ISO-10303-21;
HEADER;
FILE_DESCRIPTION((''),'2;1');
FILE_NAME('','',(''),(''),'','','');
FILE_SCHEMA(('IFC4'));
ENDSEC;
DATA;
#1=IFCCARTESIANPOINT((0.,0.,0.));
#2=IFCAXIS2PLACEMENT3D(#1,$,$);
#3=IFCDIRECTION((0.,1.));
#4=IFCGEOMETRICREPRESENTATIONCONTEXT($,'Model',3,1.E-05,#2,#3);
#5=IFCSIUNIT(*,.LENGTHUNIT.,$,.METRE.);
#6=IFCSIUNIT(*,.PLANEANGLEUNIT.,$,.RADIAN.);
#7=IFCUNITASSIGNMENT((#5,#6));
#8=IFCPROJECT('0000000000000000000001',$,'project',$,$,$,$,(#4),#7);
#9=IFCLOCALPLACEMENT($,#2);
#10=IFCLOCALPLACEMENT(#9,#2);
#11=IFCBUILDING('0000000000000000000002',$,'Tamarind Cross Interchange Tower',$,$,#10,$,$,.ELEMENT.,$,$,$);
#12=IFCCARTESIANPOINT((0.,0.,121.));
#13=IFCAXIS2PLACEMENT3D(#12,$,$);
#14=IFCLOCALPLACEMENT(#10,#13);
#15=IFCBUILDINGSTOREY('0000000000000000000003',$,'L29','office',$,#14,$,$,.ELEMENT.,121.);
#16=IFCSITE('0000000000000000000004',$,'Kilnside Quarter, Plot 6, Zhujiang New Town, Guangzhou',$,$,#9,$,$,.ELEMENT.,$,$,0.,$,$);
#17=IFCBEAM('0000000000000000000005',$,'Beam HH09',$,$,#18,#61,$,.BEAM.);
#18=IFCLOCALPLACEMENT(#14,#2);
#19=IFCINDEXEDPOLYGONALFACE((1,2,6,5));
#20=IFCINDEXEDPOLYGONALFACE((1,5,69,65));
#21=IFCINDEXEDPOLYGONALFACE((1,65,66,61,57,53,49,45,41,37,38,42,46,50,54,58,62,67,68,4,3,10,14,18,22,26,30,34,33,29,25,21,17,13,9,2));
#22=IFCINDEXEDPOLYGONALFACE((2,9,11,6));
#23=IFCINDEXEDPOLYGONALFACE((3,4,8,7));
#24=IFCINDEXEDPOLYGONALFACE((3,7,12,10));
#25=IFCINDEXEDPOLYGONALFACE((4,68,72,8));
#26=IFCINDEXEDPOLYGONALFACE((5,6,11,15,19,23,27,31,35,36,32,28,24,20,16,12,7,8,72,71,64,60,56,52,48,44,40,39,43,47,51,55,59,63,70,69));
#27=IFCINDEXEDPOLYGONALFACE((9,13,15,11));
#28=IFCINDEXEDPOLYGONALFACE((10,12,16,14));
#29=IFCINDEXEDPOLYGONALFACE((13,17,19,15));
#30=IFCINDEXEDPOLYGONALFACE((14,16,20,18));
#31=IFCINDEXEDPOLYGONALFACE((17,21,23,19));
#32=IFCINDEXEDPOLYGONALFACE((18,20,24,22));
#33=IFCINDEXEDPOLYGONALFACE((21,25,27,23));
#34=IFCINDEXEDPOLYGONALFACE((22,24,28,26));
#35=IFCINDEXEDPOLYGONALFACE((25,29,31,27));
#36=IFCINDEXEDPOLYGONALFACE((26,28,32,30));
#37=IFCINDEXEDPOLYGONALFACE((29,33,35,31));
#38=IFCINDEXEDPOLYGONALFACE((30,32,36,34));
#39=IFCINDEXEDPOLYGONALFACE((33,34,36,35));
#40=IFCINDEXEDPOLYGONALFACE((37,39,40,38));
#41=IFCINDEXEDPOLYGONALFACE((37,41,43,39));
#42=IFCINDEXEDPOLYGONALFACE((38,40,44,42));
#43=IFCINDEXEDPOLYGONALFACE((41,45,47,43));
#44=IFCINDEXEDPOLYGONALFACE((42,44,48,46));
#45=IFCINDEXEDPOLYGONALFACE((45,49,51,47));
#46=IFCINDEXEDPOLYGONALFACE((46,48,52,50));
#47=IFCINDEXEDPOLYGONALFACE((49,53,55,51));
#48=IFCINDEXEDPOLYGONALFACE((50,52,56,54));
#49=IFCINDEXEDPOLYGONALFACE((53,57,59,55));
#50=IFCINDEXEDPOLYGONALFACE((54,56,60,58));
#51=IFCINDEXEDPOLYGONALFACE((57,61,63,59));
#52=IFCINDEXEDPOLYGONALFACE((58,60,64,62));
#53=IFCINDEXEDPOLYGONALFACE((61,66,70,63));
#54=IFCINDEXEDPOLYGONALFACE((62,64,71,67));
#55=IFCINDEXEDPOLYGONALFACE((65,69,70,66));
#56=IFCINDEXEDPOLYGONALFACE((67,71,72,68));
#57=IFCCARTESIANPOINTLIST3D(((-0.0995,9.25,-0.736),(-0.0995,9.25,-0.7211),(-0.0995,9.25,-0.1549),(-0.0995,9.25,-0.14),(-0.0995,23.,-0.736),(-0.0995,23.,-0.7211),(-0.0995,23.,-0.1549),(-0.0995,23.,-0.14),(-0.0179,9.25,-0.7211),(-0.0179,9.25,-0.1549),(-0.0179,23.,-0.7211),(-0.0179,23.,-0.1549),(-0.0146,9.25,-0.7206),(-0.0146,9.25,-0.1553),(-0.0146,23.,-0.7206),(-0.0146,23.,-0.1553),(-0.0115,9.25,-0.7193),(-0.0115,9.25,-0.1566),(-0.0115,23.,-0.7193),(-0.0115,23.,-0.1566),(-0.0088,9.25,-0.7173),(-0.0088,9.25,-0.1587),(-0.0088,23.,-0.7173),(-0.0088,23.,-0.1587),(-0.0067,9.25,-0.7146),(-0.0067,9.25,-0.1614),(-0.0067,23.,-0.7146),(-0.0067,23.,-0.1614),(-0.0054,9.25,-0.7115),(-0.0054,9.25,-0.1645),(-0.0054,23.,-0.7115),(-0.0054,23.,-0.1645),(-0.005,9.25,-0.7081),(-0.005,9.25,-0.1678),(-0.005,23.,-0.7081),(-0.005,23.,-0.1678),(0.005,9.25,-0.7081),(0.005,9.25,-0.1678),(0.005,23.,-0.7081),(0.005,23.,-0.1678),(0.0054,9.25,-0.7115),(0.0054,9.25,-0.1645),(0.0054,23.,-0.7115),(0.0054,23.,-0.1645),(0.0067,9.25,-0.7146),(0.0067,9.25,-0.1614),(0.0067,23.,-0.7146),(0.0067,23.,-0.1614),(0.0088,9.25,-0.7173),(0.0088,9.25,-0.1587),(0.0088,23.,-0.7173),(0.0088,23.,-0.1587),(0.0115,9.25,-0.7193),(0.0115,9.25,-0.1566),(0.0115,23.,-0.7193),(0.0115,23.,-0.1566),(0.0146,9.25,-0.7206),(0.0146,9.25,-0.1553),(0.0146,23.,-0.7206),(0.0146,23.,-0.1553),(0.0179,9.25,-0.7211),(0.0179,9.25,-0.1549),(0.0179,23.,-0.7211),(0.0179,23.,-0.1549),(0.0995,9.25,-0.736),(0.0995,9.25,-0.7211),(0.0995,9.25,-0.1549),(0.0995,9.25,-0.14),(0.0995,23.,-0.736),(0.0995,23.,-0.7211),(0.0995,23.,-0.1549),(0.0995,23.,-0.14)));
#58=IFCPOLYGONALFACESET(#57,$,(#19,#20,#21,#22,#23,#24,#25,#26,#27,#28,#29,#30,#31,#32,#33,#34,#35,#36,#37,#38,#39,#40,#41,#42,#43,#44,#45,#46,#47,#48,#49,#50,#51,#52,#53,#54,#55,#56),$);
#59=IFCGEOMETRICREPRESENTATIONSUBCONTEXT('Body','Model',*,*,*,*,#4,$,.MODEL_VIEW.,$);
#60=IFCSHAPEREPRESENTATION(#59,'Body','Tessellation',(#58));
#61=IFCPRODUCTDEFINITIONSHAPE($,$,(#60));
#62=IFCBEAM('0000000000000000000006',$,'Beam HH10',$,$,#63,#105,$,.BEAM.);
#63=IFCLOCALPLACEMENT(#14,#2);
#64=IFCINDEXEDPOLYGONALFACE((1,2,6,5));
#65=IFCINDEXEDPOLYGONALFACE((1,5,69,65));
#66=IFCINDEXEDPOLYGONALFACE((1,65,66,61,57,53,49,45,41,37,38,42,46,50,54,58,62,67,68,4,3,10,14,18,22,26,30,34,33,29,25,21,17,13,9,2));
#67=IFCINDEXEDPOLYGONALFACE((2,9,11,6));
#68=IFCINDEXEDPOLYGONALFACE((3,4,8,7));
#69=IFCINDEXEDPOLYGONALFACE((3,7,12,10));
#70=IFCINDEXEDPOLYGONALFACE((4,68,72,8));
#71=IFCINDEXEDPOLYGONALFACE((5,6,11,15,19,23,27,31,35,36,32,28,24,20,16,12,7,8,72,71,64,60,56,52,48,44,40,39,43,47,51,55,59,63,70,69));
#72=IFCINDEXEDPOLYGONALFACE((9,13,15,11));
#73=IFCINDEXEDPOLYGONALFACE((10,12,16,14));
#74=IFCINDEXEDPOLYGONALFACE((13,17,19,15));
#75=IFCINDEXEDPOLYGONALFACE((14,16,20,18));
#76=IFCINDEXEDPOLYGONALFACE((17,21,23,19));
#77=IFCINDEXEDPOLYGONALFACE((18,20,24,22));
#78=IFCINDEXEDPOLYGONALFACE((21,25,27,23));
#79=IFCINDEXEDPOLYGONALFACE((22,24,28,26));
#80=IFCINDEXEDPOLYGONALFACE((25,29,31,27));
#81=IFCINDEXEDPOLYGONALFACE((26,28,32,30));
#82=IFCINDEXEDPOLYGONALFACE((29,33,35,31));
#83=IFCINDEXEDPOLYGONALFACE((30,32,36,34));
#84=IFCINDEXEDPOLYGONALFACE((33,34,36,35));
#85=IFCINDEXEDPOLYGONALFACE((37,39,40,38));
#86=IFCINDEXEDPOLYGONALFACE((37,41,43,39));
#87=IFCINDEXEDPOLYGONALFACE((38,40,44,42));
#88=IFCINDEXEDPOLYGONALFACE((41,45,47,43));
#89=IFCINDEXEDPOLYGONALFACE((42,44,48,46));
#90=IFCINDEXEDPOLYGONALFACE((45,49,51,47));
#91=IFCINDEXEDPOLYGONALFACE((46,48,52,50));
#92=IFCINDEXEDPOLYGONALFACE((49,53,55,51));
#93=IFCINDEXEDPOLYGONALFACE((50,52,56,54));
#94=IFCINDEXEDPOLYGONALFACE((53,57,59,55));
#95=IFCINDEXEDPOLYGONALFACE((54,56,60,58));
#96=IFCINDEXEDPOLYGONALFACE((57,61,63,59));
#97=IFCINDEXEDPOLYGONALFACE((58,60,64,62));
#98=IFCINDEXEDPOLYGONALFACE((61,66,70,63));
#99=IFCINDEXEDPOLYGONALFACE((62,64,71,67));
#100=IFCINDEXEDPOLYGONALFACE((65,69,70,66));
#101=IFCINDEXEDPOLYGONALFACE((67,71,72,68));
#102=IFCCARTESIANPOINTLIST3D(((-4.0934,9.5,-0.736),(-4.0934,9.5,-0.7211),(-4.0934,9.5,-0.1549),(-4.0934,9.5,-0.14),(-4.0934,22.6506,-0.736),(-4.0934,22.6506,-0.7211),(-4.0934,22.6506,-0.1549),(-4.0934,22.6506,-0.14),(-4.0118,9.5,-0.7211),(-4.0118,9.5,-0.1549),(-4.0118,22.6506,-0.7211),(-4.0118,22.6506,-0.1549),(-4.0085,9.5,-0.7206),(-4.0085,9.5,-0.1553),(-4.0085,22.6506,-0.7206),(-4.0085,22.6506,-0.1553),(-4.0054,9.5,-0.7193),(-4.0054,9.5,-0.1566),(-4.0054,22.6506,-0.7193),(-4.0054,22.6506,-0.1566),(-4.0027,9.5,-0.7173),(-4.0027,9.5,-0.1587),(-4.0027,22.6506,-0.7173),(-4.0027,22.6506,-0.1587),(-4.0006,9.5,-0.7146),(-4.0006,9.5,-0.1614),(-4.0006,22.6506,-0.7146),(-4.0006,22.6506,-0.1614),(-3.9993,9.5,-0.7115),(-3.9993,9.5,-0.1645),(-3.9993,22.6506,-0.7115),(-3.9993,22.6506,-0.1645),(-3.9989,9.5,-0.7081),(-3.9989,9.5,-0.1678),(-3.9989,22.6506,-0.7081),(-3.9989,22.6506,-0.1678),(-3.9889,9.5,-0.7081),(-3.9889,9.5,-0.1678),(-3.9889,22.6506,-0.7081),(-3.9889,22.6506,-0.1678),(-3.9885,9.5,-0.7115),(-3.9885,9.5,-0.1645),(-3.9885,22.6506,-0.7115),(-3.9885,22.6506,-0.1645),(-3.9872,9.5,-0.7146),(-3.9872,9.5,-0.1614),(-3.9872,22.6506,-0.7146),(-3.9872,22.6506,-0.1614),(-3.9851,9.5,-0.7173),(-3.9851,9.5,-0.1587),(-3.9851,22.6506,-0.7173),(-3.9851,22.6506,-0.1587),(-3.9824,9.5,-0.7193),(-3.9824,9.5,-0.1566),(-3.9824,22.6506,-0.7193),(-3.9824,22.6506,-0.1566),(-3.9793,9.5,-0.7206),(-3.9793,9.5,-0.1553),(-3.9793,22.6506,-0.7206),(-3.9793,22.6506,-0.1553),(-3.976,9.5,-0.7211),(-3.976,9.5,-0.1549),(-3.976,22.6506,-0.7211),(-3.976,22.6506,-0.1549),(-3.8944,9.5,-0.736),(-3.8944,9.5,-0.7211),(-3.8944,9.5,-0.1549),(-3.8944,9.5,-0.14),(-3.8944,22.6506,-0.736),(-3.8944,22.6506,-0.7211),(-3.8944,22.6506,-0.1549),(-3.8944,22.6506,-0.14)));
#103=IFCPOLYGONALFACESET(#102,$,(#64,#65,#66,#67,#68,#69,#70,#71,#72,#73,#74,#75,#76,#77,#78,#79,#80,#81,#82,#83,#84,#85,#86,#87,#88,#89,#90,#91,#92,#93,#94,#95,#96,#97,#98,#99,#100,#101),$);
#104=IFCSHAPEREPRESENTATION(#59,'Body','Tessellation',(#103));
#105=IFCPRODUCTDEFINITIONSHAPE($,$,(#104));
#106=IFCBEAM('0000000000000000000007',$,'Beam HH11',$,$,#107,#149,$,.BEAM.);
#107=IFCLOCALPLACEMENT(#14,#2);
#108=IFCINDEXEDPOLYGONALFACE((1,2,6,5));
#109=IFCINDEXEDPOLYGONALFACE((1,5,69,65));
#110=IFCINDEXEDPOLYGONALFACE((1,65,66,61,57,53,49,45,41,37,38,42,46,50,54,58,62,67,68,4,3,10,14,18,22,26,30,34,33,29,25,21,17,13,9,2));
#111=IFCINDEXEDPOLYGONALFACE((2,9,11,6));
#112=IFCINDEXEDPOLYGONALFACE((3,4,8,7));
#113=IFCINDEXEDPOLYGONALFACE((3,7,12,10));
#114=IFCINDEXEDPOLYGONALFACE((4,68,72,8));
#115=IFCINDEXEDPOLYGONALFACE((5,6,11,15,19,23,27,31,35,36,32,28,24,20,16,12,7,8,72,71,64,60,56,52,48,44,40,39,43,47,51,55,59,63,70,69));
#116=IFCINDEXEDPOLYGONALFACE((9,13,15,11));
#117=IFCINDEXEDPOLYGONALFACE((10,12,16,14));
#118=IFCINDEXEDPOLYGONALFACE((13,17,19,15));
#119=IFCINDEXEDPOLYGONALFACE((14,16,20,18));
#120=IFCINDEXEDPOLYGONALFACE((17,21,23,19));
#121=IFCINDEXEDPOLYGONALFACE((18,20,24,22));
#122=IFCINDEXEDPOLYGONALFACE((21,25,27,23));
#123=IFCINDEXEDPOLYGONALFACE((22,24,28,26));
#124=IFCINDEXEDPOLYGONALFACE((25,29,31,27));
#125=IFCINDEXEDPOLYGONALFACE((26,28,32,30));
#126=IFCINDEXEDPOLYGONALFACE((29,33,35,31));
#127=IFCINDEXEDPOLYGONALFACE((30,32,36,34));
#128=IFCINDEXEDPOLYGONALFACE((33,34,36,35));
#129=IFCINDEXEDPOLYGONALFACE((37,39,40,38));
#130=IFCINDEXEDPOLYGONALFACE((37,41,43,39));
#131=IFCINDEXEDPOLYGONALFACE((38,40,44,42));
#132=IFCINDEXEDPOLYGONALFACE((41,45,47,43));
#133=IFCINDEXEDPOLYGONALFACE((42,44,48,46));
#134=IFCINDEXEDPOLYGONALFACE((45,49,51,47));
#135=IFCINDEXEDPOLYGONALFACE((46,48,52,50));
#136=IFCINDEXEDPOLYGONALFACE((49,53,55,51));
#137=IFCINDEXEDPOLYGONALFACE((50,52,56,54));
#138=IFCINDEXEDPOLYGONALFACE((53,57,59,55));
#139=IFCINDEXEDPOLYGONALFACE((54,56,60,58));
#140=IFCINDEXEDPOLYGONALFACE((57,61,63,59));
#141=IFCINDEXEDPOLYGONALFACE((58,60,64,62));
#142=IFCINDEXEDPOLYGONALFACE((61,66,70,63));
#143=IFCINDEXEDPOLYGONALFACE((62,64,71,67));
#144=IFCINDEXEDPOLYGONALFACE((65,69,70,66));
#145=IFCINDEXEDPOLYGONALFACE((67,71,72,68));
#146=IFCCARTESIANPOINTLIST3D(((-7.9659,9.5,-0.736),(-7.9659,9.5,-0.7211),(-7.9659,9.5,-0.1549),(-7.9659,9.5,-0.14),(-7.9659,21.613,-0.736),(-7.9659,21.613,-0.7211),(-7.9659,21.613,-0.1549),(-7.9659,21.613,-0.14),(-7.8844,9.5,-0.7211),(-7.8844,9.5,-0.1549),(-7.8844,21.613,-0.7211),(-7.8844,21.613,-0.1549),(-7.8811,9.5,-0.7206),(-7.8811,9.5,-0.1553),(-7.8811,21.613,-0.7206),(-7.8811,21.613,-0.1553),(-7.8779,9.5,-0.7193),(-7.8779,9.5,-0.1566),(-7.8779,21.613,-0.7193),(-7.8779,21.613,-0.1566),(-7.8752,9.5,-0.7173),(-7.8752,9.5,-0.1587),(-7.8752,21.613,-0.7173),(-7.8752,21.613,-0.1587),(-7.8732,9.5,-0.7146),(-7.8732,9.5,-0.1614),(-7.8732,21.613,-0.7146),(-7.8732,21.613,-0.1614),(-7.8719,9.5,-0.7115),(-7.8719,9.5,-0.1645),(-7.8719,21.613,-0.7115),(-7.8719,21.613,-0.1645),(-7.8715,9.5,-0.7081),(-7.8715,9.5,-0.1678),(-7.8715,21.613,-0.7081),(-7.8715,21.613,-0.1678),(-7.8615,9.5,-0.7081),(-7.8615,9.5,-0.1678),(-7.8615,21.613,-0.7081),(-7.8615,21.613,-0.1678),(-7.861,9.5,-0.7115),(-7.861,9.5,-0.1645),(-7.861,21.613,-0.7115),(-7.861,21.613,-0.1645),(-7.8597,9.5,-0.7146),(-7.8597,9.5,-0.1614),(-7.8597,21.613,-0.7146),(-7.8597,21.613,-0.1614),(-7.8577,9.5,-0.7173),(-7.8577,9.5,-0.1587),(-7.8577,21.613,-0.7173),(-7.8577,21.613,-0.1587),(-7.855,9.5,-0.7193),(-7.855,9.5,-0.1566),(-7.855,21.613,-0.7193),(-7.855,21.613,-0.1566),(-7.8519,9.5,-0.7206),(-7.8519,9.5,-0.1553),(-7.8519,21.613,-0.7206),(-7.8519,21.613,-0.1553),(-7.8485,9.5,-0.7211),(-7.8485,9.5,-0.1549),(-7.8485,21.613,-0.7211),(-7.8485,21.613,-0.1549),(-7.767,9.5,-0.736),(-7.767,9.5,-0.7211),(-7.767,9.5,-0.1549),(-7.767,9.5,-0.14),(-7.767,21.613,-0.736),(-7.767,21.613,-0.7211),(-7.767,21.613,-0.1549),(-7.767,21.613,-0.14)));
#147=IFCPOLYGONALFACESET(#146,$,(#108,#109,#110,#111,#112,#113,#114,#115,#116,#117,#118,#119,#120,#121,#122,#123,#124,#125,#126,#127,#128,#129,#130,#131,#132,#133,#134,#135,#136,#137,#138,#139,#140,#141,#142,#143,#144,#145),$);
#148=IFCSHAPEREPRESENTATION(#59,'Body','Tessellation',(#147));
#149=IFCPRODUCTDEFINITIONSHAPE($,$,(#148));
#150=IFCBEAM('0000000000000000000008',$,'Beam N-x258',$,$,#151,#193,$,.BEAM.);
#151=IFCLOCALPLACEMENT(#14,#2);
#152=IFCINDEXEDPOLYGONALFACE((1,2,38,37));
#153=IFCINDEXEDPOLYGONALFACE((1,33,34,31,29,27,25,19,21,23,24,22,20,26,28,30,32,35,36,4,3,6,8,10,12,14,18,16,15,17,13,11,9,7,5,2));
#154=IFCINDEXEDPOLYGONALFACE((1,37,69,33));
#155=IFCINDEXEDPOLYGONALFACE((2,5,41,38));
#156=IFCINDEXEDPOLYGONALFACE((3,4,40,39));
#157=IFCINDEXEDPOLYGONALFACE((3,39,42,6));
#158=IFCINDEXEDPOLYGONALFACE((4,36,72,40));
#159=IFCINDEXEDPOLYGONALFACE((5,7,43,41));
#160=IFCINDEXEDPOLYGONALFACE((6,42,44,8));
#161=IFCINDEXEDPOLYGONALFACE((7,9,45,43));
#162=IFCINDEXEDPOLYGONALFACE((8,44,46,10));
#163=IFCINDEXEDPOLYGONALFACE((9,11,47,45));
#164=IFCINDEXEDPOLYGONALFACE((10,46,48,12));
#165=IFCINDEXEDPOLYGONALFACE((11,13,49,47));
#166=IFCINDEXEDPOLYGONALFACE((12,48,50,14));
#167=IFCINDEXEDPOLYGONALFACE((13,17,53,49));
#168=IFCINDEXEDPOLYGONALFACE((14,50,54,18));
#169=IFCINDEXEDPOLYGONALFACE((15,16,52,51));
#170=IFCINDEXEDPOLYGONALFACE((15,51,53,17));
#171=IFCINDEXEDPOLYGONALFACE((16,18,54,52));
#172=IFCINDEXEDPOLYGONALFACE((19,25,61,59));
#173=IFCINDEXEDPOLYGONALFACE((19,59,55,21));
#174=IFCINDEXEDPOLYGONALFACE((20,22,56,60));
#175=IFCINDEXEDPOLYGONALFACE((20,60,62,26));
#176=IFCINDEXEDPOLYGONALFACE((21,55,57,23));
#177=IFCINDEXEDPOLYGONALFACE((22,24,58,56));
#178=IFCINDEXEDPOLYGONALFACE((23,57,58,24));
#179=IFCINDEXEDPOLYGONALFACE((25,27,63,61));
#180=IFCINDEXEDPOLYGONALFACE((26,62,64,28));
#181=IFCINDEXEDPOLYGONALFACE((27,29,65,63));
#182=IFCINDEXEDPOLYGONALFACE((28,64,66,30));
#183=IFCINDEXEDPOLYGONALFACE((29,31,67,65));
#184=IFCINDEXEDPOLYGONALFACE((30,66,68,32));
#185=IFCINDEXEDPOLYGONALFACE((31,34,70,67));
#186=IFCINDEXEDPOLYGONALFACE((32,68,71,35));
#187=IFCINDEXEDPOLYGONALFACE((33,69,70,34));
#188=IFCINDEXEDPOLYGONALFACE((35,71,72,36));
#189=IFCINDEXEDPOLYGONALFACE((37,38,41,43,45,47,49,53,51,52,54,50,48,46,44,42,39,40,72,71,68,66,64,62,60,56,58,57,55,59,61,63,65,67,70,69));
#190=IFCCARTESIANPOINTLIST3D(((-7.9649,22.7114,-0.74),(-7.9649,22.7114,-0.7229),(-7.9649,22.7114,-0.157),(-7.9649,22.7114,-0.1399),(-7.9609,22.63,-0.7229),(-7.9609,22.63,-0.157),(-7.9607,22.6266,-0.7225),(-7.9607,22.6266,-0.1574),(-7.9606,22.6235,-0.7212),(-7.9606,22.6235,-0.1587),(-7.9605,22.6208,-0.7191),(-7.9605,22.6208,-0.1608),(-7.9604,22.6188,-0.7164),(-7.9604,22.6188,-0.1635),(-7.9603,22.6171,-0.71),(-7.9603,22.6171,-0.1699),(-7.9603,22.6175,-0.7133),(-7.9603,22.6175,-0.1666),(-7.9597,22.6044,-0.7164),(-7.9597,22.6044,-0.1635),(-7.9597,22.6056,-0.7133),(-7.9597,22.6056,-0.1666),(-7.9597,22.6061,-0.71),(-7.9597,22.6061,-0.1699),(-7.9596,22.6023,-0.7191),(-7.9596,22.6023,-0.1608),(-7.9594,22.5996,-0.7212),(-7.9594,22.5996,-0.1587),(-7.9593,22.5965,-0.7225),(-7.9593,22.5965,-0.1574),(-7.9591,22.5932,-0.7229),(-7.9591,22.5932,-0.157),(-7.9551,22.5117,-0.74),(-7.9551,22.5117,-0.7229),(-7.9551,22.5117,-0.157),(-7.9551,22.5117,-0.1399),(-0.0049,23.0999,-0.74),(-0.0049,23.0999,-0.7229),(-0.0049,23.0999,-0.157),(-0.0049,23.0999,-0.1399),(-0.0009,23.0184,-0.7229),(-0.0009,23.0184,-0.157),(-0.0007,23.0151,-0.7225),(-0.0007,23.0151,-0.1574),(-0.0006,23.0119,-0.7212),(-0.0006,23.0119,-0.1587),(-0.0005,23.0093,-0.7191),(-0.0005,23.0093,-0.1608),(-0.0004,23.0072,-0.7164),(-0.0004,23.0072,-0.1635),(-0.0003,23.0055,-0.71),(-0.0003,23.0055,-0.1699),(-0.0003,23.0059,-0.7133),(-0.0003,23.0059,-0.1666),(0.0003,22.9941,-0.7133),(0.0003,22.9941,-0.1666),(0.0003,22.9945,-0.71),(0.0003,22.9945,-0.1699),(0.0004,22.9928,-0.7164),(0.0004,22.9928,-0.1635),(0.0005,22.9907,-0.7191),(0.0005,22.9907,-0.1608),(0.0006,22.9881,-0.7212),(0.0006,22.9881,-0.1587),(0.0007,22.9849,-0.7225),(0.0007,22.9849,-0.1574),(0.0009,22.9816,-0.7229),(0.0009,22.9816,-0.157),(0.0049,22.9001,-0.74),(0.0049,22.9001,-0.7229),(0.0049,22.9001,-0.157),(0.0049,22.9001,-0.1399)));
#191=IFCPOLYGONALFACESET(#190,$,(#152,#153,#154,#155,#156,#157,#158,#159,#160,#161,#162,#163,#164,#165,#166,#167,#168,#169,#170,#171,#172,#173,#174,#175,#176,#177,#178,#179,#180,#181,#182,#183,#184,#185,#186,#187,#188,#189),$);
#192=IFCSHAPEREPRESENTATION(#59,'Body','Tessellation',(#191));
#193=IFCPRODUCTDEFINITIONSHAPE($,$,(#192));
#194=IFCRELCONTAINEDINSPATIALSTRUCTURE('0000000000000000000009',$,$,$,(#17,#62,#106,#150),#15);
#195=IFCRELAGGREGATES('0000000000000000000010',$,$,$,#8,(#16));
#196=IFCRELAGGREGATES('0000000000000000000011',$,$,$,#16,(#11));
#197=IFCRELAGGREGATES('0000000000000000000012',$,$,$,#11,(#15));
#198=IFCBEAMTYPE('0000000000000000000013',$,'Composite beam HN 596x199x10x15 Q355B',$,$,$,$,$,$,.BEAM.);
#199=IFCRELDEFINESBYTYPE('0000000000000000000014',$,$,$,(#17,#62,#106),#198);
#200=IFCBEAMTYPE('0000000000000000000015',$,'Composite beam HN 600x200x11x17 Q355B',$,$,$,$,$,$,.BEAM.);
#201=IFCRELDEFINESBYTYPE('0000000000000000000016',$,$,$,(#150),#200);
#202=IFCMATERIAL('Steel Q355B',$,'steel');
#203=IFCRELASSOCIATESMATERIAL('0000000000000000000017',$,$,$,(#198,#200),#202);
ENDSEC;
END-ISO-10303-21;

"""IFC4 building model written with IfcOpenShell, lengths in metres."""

from ifc_helpers import new_model, si_unit, direction, frame, origin, origin_2d, place, context, subcontext, project, spatial, i_section, extrude, material, material_profile, profile_set, type_object, element, save


model = new_model("IFC4")

# Units and contexts
model_context = context("Model", 3, precision=1e-05, world=origin(), true_north=direction((0.0, 1.0)))
body_context = subcontext(model_context, "Body", "Model", "MODEL_VIEW")
ifc_project = project(units=[si_unit("LENGTHUNIT", "METRE"), si_unit("PLANEANGLEUNIT", "RADIAN")], contexts=[model_context])

# Site, building, storey
site_placement = place(None, origin())
site = spatial("IfcSite", under=ifc_project, at=site_placement, Name="Kilnside Quarter, Plot 6, Zhujiang New Town, Guangzhou", CompositionType="ELEMENT", RefElevation=0.0)
building_placement = place(site_placement, origin())
building = spatial("IfcBuilding", under=site, at=building_placement, Name="Tamarind Cross Interchange Tower", CompositionType="ELEMENT")
storey_placement = place(building_placement, frame((0.0, 0.0, 121.0)))
storey = spatial("IfcBuildingStorey", under=building, at=storey_placement, Name="L29", Description="office", CompositionType="ELEMENT", Elevation=121.0)

# Beams
ifc_material_1 = material(Name="Steel Q355B", Category="steel")
ifc_material_profile_1 = material_profile(ifc_material_1, i_section(OverallWidth=0.199, OverallDepth=0.5959, WebThickness=0.01, FlangeThickness=0.0149, FilletRadius=0.0129, at=origin_2d()), Name="HN 596x199x10x15")
ifc_profile_set_1 = profile_set([ifc_material_profile_1], Name="Steel Q355B")
beam_type_1 = type_object("IfcBeamType", Name="Composite beam HN 596x199x10x15 Q355B", PredefinedType="BEAM", material=ifc_profile_set_1)
beam_1_placement = place(storey_placement, frame((0.0, 23.0, -0.438), z_axis=(0.0, -1.0, 0.0), x_axis=(1.0, 0.0, 0.0)))
element("IfcBeam", 1, at=beam_1_placement, inside=storey, type_object=beam_type_1, Name="Beam HH09", PredefinedType="BEAM", context=body_context, shape_type="SweptSolid", body=[
    extrude(i_section(OverallWidth=0.199, OverallDepth=0.5959, WebThickness=0.01, FlangeThickness=0.0149, FilletRadius=0.0129, at=origin_2d()), origin(), (0.0, 0.0, 1.0), 13.75),
])
beam_2_placement = place(storey_placement, frame((-3.9939, 22.6506, -0.438), z_axis=(0.0, -1.0, 0.0), x_axis=(1.0, 0.0, 0.0)))
element("IfcBeam", 2, at=beam_2_placement, inside=storey, type_object=beam_type_1, Name="Beam HH10", PredefinedType="BEAM", context=body_context, shape_type="SweptSolid", body=[
    extrude(i_section(OverallWidth=0.199, OverallDepth=0.5959, WebThickness=0.01, FlangeThickness=0.0149, FilletRadius=0.0129, at=origin_2d()), origin(), (0.0, 0.0, 1.0), 13.1506),
])
beam_3_placement = place(storey_placement, frame((-7.8665, 21.613, -0.438), z_axis=(0.0, -1.0, 0.0), x_axis=(1.0, 0.0, 0.0)))
element("IfcBeam", 3, at=beam_3_placement, inside=storey, type_object=beam_type_1, Name="Beam HH11", PredefinedType="BEAM", context=body_context, shape_type="SweptSolid", body=[
    extrude(i_section(OverallWidth=0.199, OverallDepth=0.5959, WebThickness=0.01, FlangeThickness=0.0149, FilletRadius=0.0129, at=origin_2d()), origin(), (0.0, 0.0, 1.0), 12.113),
])
ifc_material_profile_2 = material_profile(ifc_material_1, i_section(OverallWidth=0.2, OverallDepth=0.6001, WebThickness=0.011, FlangeThickness=0.0171, FilletRadius=0.0129, at=origin_2d()), Name="HN 600x200x11x17")
ifc_profile_set_2 = profile_set([ifc_material_profile_2], Name="Steel Q355B")
beam_type_2 = type_object("IfcBeamType", Name="Composite beam HN 600x200x11x17 Q355B", PredefinedType="BEAM", material=ifc_profile_set_2)
beam_4_placement = place(storey_placement, frame((0.0, 23.0, -0.4399), z_axis=(-0.998812, -0.04874, 0.0), x_axis=(0.04874, -0.998812, 0.0)))
element("IfcBeam", 4, at=beam_4_placement, inside=storey, type_object=beam_type_2, Name="Beam N-x258", PredefinedType="BEAM", context=body_context, shape_type="SweptSolid", body=[
    extrude(i_section(OverallWidth=0.2, OverallDepth=0.6001, WebThickness=0.011, FlangeThickness=0.0171, FilletRadius=0.0129, at=origin_2d()), origin(), (0.0, 0.0, 1.0), 7.9695),
])

save(model, "model.ifc")
